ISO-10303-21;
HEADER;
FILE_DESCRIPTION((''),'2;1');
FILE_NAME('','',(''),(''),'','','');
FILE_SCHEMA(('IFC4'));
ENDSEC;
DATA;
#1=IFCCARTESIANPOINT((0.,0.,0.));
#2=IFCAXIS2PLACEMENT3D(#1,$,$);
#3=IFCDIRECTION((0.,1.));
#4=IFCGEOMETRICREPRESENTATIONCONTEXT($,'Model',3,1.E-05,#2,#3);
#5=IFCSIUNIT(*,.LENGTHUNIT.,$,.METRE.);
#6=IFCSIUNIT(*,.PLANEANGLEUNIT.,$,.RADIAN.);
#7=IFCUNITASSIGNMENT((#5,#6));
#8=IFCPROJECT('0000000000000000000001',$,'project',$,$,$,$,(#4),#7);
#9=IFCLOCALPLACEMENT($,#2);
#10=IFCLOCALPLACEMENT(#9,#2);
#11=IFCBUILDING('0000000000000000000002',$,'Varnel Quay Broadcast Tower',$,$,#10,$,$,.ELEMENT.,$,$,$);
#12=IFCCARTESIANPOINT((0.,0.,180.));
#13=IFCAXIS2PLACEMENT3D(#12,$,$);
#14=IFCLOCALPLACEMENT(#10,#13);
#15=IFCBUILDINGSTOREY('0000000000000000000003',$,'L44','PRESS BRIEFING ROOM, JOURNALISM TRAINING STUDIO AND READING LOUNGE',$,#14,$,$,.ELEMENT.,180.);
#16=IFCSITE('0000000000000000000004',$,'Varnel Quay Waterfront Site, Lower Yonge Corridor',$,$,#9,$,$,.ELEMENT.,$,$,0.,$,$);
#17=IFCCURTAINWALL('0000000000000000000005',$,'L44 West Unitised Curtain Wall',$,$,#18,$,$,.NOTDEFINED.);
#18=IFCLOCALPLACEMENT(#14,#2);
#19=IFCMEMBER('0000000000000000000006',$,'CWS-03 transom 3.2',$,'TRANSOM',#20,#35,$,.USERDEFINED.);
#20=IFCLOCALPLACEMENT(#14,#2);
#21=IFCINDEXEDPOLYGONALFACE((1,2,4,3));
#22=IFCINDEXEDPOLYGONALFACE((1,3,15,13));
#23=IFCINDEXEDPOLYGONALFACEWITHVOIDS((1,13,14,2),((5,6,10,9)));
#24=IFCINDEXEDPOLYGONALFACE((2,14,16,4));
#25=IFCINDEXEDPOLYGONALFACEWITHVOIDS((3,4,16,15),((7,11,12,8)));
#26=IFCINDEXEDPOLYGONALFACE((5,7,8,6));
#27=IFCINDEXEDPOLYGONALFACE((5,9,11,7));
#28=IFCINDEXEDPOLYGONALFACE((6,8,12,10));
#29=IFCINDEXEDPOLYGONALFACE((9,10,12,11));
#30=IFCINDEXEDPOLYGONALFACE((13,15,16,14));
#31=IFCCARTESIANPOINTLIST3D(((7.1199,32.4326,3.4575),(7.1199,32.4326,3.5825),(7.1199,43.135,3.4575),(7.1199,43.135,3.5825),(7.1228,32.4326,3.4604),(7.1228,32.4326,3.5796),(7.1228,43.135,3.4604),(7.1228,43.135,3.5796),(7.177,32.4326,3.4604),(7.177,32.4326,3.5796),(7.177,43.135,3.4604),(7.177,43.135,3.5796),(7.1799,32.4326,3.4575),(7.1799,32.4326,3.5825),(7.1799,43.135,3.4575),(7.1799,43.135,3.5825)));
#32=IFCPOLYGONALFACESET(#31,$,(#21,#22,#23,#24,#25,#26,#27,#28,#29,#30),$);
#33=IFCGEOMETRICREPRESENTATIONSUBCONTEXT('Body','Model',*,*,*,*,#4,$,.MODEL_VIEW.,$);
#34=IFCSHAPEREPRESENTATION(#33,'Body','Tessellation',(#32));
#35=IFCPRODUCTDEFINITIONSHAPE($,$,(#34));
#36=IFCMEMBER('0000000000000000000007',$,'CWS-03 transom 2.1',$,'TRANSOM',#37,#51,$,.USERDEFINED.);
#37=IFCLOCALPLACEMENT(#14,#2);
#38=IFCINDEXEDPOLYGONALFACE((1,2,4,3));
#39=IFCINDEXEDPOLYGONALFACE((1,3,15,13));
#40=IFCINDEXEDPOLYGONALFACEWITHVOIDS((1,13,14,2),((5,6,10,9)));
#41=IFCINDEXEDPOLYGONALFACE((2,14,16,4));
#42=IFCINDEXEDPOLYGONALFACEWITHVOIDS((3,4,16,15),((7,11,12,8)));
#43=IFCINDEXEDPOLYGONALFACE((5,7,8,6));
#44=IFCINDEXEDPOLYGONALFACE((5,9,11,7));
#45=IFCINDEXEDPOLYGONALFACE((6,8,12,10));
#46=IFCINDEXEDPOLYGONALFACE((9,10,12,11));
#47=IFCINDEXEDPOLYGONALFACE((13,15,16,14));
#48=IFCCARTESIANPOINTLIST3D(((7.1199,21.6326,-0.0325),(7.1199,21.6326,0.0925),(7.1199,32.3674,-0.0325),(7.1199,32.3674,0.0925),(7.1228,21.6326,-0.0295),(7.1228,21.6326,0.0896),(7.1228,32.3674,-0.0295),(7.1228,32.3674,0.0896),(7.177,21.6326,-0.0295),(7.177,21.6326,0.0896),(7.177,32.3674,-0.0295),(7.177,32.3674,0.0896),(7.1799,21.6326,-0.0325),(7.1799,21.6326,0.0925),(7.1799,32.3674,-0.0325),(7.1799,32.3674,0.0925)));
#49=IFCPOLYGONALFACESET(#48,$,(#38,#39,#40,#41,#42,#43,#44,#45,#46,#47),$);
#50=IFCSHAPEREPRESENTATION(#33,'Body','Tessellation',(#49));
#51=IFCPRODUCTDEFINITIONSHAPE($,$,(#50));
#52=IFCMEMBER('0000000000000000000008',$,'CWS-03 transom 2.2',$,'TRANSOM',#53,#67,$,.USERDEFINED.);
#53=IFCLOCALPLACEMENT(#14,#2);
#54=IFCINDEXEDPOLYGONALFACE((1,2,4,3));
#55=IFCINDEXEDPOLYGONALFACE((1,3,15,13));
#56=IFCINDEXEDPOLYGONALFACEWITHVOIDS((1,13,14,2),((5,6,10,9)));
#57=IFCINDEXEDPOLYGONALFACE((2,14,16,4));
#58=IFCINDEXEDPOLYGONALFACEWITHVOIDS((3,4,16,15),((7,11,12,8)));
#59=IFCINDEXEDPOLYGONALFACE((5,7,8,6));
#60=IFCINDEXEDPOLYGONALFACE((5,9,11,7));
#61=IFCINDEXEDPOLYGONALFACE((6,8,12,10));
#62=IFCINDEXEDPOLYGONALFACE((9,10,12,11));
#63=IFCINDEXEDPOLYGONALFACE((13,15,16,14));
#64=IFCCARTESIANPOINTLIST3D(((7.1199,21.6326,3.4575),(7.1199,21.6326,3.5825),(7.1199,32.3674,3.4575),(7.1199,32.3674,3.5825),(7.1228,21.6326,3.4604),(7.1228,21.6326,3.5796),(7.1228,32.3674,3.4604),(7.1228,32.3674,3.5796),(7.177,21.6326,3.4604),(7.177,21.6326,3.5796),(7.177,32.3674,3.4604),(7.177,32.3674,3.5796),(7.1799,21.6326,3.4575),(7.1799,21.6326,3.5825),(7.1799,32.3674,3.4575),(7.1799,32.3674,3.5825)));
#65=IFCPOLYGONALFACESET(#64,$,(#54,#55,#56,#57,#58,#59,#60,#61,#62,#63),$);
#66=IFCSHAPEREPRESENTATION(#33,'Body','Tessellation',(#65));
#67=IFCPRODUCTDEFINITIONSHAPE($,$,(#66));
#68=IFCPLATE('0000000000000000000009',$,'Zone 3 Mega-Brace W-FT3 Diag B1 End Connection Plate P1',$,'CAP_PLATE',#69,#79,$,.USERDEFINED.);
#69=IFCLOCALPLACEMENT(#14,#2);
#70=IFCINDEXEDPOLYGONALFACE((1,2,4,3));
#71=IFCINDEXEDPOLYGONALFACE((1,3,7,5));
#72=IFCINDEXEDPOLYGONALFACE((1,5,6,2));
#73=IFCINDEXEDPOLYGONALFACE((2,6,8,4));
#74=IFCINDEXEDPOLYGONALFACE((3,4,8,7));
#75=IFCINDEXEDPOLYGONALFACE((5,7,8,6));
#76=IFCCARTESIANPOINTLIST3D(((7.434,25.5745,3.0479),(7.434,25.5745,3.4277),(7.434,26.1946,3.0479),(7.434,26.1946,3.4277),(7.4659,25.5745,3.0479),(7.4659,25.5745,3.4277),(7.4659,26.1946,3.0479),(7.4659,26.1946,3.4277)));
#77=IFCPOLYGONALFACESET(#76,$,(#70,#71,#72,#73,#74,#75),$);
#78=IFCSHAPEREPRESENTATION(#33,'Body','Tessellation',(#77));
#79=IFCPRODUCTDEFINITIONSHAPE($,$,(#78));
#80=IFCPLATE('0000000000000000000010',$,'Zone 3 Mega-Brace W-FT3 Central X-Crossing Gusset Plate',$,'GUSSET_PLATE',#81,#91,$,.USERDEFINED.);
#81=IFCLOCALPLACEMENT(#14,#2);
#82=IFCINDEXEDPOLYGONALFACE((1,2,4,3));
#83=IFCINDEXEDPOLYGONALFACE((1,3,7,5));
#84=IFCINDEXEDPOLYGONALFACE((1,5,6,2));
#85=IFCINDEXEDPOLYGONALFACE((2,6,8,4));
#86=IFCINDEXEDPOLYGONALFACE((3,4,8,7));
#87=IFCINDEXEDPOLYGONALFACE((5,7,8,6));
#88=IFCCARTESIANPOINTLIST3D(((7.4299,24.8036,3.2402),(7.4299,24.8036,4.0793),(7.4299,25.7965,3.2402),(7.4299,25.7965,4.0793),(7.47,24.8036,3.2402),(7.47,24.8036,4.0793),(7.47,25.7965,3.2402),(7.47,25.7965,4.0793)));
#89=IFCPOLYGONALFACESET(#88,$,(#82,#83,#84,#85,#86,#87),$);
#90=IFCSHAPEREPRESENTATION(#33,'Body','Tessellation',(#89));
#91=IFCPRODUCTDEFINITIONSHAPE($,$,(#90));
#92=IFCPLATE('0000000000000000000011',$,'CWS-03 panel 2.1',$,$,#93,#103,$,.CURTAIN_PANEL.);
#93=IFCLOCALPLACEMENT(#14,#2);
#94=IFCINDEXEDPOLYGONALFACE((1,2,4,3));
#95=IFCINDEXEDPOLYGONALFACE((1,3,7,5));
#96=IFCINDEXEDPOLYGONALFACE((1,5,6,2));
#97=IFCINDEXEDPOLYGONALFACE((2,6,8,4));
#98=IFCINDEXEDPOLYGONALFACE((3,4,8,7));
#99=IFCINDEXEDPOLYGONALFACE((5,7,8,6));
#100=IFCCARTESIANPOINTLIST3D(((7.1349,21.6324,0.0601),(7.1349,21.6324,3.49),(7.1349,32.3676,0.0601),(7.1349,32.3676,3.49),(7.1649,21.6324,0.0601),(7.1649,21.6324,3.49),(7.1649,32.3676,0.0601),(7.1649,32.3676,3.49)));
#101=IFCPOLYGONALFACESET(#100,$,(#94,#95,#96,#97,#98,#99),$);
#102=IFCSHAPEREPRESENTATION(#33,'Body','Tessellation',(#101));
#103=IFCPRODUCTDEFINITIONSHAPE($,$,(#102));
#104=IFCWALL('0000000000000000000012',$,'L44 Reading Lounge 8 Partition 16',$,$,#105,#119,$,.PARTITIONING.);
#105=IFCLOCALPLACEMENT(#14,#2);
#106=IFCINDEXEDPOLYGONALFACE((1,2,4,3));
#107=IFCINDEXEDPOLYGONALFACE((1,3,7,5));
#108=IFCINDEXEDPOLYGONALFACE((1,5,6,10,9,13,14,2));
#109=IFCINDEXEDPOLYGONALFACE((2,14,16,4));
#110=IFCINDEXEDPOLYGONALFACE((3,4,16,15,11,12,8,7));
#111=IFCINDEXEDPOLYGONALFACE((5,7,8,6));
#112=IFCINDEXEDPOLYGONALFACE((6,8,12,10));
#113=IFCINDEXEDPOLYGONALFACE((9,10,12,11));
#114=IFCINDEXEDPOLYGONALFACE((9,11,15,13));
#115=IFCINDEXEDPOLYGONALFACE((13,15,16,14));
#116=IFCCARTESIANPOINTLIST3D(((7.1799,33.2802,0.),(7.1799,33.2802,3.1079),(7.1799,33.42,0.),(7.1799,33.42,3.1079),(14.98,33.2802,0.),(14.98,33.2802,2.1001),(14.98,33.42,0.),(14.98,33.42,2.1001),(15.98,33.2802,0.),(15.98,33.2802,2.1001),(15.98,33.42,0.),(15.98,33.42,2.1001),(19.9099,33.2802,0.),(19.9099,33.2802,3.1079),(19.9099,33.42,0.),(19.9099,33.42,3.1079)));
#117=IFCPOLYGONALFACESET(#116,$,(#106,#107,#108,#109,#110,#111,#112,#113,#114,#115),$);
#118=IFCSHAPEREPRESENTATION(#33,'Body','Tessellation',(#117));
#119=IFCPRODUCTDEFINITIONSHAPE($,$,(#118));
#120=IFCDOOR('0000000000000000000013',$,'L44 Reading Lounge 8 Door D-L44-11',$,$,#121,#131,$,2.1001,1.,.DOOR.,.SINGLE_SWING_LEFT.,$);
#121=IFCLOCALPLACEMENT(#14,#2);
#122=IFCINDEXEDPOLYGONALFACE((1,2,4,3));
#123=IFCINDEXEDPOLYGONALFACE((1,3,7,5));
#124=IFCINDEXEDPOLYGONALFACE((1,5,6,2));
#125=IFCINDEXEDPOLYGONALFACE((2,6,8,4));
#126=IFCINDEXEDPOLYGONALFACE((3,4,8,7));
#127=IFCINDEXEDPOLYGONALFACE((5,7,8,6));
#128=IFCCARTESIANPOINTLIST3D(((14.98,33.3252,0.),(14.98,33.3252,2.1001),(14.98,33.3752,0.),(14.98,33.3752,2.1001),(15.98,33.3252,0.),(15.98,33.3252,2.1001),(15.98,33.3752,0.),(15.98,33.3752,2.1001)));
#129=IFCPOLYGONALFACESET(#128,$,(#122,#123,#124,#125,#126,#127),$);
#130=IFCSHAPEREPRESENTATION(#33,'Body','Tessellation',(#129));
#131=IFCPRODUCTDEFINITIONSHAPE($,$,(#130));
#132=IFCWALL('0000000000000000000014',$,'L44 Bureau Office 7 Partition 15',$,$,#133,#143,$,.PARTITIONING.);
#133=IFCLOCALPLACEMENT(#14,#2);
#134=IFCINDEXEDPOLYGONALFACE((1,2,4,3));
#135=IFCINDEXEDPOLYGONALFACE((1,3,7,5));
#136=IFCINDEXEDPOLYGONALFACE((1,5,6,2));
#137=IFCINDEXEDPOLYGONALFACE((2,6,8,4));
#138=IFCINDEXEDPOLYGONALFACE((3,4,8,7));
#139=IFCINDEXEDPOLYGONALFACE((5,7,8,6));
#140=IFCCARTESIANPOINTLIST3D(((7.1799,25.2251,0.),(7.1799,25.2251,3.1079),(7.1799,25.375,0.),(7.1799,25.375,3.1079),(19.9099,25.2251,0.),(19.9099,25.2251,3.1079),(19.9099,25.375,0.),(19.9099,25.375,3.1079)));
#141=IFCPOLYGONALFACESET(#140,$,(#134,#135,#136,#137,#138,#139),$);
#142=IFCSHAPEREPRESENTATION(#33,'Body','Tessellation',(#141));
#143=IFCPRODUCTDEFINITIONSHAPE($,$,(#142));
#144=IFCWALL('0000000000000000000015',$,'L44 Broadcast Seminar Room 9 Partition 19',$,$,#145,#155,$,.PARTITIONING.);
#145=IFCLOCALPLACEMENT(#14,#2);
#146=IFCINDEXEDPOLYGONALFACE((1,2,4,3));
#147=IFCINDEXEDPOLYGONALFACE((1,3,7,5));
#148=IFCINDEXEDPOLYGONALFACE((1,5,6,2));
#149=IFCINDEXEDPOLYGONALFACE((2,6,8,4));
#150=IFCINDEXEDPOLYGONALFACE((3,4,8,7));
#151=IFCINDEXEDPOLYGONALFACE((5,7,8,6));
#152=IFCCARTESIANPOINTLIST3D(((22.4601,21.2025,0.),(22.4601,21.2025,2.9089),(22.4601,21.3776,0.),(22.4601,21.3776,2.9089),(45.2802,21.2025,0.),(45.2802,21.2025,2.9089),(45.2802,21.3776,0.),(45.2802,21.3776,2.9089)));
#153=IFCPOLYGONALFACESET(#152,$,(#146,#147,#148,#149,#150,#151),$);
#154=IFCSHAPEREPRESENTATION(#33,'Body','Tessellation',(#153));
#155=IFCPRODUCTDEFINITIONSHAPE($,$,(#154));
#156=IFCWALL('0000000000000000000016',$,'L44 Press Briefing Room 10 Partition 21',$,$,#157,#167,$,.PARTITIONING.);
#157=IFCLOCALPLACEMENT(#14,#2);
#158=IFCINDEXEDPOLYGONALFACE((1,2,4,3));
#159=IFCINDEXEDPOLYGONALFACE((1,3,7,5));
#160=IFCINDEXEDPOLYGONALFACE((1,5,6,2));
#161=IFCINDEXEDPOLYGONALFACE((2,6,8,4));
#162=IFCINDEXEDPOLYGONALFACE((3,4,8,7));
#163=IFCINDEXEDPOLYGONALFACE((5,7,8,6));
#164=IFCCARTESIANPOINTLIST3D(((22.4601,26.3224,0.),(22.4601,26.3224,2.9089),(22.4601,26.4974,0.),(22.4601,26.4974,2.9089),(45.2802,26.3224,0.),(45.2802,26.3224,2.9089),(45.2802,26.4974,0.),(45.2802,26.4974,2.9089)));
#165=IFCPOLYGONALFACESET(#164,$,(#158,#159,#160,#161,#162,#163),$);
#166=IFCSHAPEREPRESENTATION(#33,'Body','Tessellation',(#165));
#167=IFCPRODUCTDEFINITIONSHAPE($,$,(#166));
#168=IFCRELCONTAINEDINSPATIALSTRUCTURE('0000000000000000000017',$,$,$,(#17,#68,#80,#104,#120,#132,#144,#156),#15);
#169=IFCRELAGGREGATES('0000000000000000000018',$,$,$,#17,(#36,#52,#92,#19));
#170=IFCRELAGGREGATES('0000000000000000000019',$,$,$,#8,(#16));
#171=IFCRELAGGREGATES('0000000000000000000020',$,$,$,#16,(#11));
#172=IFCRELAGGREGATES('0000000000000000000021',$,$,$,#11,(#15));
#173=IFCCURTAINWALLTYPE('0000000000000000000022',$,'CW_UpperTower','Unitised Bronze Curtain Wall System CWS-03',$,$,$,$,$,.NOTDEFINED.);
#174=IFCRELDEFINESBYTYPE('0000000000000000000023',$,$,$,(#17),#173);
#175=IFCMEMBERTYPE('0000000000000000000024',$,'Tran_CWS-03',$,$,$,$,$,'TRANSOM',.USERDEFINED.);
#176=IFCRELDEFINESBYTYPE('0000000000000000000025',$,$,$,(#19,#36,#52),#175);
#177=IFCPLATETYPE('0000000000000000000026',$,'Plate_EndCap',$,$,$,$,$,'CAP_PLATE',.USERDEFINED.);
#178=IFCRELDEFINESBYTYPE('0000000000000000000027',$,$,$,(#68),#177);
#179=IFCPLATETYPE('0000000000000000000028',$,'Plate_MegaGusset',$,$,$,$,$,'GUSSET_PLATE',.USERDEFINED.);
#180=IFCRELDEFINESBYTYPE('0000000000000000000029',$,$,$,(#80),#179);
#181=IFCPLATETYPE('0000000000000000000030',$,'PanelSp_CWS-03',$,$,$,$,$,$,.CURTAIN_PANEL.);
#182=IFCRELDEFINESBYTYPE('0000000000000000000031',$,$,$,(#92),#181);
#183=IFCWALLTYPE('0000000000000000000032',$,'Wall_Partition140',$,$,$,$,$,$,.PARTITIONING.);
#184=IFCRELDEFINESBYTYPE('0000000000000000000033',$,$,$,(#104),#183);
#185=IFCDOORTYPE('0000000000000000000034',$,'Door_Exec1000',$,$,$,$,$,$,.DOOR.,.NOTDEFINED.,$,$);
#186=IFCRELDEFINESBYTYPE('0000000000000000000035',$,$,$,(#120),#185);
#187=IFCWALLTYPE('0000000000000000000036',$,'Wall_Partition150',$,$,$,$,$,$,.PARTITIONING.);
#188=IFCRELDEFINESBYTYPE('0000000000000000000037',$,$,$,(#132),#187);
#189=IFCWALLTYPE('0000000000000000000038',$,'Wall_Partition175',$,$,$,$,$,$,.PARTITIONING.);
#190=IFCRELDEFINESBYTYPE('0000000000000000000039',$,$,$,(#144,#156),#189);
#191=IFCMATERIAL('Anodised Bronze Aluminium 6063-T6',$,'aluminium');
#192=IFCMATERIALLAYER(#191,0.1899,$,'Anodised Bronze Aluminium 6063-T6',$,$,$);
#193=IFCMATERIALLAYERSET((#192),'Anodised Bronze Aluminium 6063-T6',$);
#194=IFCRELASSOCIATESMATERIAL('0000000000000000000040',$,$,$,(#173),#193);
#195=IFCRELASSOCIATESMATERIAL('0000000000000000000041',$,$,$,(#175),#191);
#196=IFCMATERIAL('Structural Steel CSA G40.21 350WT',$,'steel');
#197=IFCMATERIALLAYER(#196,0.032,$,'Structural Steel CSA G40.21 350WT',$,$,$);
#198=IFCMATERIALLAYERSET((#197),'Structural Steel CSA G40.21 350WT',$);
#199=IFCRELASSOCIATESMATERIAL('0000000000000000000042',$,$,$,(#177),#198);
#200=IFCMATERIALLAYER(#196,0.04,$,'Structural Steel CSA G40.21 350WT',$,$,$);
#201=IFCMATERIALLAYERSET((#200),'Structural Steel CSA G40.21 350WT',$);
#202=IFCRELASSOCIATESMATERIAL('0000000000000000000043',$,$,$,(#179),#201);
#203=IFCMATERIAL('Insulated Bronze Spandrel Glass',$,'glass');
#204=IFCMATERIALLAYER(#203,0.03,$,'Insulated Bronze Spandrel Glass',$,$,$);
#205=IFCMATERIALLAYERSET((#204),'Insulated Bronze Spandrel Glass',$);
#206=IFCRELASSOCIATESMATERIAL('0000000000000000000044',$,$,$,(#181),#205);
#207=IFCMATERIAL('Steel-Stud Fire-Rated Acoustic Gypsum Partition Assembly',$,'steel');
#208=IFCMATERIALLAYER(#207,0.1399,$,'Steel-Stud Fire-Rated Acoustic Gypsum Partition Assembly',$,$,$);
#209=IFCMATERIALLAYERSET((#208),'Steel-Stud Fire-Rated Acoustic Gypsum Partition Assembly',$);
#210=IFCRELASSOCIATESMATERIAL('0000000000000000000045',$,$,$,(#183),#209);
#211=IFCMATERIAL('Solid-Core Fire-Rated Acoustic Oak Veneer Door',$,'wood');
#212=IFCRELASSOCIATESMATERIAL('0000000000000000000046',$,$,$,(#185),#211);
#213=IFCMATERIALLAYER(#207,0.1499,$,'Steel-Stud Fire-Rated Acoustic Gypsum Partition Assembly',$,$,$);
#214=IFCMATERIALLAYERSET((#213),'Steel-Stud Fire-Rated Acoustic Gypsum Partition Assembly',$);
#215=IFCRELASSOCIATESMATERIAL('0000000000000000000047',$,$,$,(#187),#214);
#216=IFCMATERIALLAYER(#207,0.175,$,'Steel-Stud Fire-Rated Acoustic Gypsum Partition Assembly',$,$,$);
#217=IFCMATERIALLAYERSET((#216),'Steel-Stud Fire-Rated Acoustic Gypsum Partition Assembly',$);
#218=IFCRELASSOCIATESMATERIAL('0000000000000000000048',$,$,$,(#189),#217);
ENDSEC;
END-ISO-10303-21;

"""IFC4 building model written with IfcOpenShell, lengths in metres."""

from ifc_helpers import new_model, si_unit, direction, frame, frame_2d, origin, origin_2d, place, context, subcontext, project, spatial, rectangle, hollow_rectangle, extrude, source, transform, mapped, material, layer, layer_set, material_profile, profile_set, type_object, type_shapes, element, fill, aggregate, save


model = new_model("IFC4")

# Units and contexts
model_context = context("Model", 3, precision=1e-05, world=origin(), true_north=direction((0.0, 1.0)))
body_context = subcontext(model_context, "Body", "Model", "MODEL_VIEW")
ifc_project = project(units=[si_unit("LENGTHUNIT", "METRE"), si_unit("PLANEANGLEUNIT", "RADIAN")], contexts=[model_context])

# Site, building, storey
site_placement = place(None, origin())
site = spatial("IfcSite", under=ifc_project, at=site_placement, Name="Varnel Quay Waterfront Site, Lower Yonge Corridor", CompositionType="ELEMENT", RefElevation=0.0)
building_placement = place(site_placement, origin())
building = spatial("IfcBuilding", under=site, at=building_placement, Name="Varnel Quay Broadcast Tower", CompositionType="ELEMENT")
storey_placement = place(building_placement, frame((0.0, 0.0, 180.0)))
storey = spatial("IfcBuildingStorey", under=building, at=storey_placement, Name="L44", Description="PRESS BRIEFING ROOM, JOURNALISM TRAINING STUDIO AND READING LOUNGE", CompositionType="ELEMENT", Elevation=180.0)

# Shared definitions
ifc_material_1 = material(Name="Structural Steel CSA G40.21 350WT", Category="steel")

# Curtain wall, members
ifc_material_2 = material(Name="Anodised Bronze Aluminium 6063-T6", Category="aluminium")
ifc_layer_1 = layer(ifc_material_2, 0.1899, Name="Anodised Bronze Aluminium 6063-T6")
ifc_layer_set_1 = layer_set([ifc_layer_1], Name="Anodised Bronze Aluminium 6063-T6")
curtain_wall_type = type_object("IfcCurtainWallType", Name="CW_UpperTower", Description="Unitised Bronze Curtain Wall System CWS-03", PredefinedType="NOTDEFINED", material=ifc_layer_set_1)
curtain_wall_placement = place(storey_placement, origin())
curtain_wall = element("IfcCurtainWall", 1, at=curtain_wall_placement, inside=storey, type_object=curtain_wall_type, Name="L44 West Unitised Curtain Wall", PredefinedType="NOTDEFINED")
ifc_material_profile_1 = material_profile(ifc_material_2, hollow_rectangle(XDim=0.0601, YDim=0.125, WallThickness=0.0029, at=origin_2d()), Name="ALU60X125X3")
ifc_profile_set_1 = profile_set([ifc_material_profile_1], Name="Anodised Bronze Aluminium 6063-T6")
member_type_1 = type_object("IfcMemberType", Name="Tran_CWS-03", ElementType="TRANSOM", PredefinedType="USERDEFINED", material=ifc_profile_set_1)
shared_shape_1 = source(origin(), body_context, "Body", "SweptSolid", [
    extrude(hollow_rectangle(XDim=0.0601, YDim=0.125, WallThickness=0.0029, at=origin_2d()), origin(), (0.0, 0.0, 1.0), 10.7024),
])
member_1_placement = place(storey_placement, frame((7.1499, 32.4326, 3.52), z_axis=(0.0, 1.0, 0.0), x_axis=(-1.0, 0.0, 0.0)))
member_1 = element("IfcMember", 2, at=member_1_placement, type_object=member_type_1, Name="CWS-03 transom 3.2", ObjectType="TRANSOM", PredefinedType="USERDEFINED", context=body_context, shape_type="MappedRepresentation", body=[
    mapped(shared_shape_1, transform((0.0, 0.0, 0.0), x_axis=(1.0, 0.0, 0.0), y_axis=(0.0, 1.0, 0.0), z_axis=(0.0, 0.0, 1.0), scale=1.0)),
])
shared_shape_2 = source(origin(), body_context, "Body", "SweptSolid", [
    extrude(hollow_rectangle(XDim=0.0601, YDim=0.125, WallThickness=0.0029, at=origin_2d()), origin(), (0.0, 0.0, 1.0), 10.7349),
])
type_shapes(member_type_1, [shared_shape_1, shared_shape_2])
member_2_placement = place(storey_placement, frame((7.1499, 21.6326, 0.03), z_axis=(0.0, 1.0, 0.0), x_axis=(-1.0, 0.0, 0.0)))
member_2 = element("IfcMember", 3, at=member_2_placement, type_object=member_type_1, Name="CWS-03 transom 2.1", ObjectType="TRANSOM", PredefinedType="USERDEFINED", context=body_context, shape_type="MappedRepresentation", body=[
    mapped(shared_shape_2, transform((0.0, 0.0, 0.0), x_axis=(1.0, 0.0, 0.0), y_axis=(0.0, 1.0, 0.0), z_axis=(0.0, 0.0, 1.0), scale=1.0)),
])
member_3_placement = place(storey_placement, frame((7.1499, 21.6326, 3.52), z_axis=(0.0, 1.0, 0.0), x_axis=(-1.0, 0.0, 0.0)))
member_3 = element("IfcMember", 4, at=member_3_placement, type_object=member_type_1, Name="CWS-03 transom 2.2", ObjectType="TRANSOM", PredefinedType="USERDEFINED", context=body_context, shape_type="MappedRepresentation", body=[
    mapped(shared_shape_2, transform((0.0, 0.0, 0.0), x_axis=(1.0, 0.0, 0.0), y_axis=(0.0, 1.0, 0.0), z_axis=(0.0, 0.0, 1.0), scale=1.0)),
])

# Plates
ifc_layer_2 = layer(ifc_material_1, 0.032, Name="Structural Steel CSA G40.21 350WT")
ifc_layer_set_2 = layer_set([ifc_layer_2], Name="Structural Steel CSA G40.21 350WT")
plate_type_1 = type_object("IfcPlateType", Name="Plate_EndCap", ElementType="CAP_PLATE", PredefinedType="USERDEFINED", material=ifc_layer_set_2)
shared_shape_3 = source(origin(), body_context, "Body", "SweptSolid", [
    extrude(rectangle(XDim=0.6201, YDim=0.032, at=origin_2d()), origin(), (0.0, 0.0, 1.0), 0.3799),
])
type_shapes(plate_type_1, [shared_shape_3])
plate_1_placement = place(storey_placement, frame((7.45, 25.8845, 3.0479), z_axis=(0.0, 0.0, 1.0), x_axis=(0.0, 1.0, 0.0)))
element("IfcPlate", 5, at=plate_1_placement, inside=storey, type_object=plate_type_1, Name="Zone 3 Mega-Brace W-FT3 Diag B1 End Connection Plate P1", ObjectType="CAP_PLATE", PredefinedType="USERDEFINED", context=body_context, shape_type="MappedRepresentation", body=[
    mapped(shared_shape_3, transform((0.0, 0.0, 0.0), x_axis=(1.0, 0.0, 0.0), y_axis=(0.0, 1.0, 0.0), z_axis=(0.0, 0.0, 1.0), scale=1.0)),
])
ifc_layer_3 = layer(ifc_material_1, 0.04, Name="Structural Steel CSA G40.21 350WT")
ifc_layer_set_3 = layer_set([ifc_layer_3], Name="Structural Steel CSA G40.21 350WT")
plate_type_2 = type_object("IfcPlateType", Name="Plate_MegaGusset", ElementType="GUSSET_PLATE", PredefinedType="USERDEFINED", material=ifc_layer_set_3)
shared_shape_4 = source(origin(), body_context, "Body", "SweptSolid", [
    extrude(rectangle(XDim=0.9929, YDim=0.04, at=origin_2d()), origin(), (0.0, 0.0, 1.0), 0.8391),
])
type_shapes(plate_type_2, [shared_shape_4])
plate_2_placement = place(storey_placement, frame((7.45, 25.3, 3.2402), z_axis=(0.0, 0.0, 1.0), x_axis=(0.0, 1.0, 0.0)))
element("IfcPlate", 6, at=plate_2_placement, inside=storey, type_object=plate_type_2, Name="Zone 3 Mega-Brace W-FT3 Central X-Crossing Gusset Plate", ObjectType="GUSSET_PLATE", PredefinedType="USERDEFINED", context=body_context, shape_type="MappedRepresentation", body=[
    mapped(shared_shape_4, transform((0.0, 0.0, 0.0), x_axis=(1.0, 0.0, 0.0), y_axis=(0.0, 1.0, 0.0), z_axis=(0.0, 0.0, 1.0), scale=1.0)),
])

# Plate
ifc_material_3 = material(Name="Insulated Bronze Spandrel Glass", Category="glass")
ifc_layer_4 = layer(ifc_material_3, 0.03, Name="Insulated Bronze Spandrel Glass")
ifc_layer_set_4 = layer_set([ifc_layer_4], Name="Insulated Bronze Spandrel Glass")
plate_type_3 = type_object("IfcPlateType", Name="PanelSp_CWS-03", PredefinedType="CURTAIN_PANEL", material=ifc_layer_set_4)
shared_shape_5 = source(origin(), body_context, "Body", "SweptSolid", [
    extrude(rectangle(XDim=10.7351, YDim=0.03, at=origin_2d()), origin(), (0.0, 0.0, 1.0), 3.4299),
])
type_shapes(plate_type_3, [shared_shape_5])
plate_3_placement = place(storey_placement, frame((7.1499, 27.0, 0.0601), z_axis=(0.0, 0.0, 1.0), x_axis=(0.0, 1.0, 0.0)))
plate_3 = element("IfcPlate", 7, at=plate_3_placement, type_object=plate_type_3, Name="CWS-03 panel 2.1", PredefinedType="CURTAIN_PANEL", context=body_context, shape_type="MappedRepresentation", body=[
    mapped(shared_shape_5, transform((0.0, 0.0, 0.0), x_axis=(1.0, 0.0, 0.0), y_axis=(0.0, 1.0, 0.0), z_axis=(0.0, 0.0, 1.0), scale=1.0)),
])
aggregate(curtain_wall, [member_2, member_3, plate_3, member_1])

# Wall, opening, door
ifc_material_4 = material(Name="Steel-Stud Fire-Rated Acoustic Gypsum Partition Assembly", Category="steel")
ifc_layer_5 = layer(ifc_material_4, 0.1399, Name="Steel-Stud Fire-Rated Acoustic Gypsum Partition Assembly")
ifc_layer_set_5 = layer_set([ifc_layer_5], Name="Steel-Stud Fire-Rated Acoustic Gypsum Partition Assembly")
wall_type_1 = type_object("IfcWallType", Name="Wall_Partition140", PredefinedType="PARTITIONING", material=ifc_layer_set_5)
wall_1_placement = place(storey_placement, frame((7.1799, 33.3501, 0.0), z_axis=(0.0, 0.0, 1.0), x_axis=(1.0, 0.0, 0.0)))
wall_1 = element("IfcWall", 8, at=wall_1_placement, inside=storey, type_object=wall_type_1, Name="L44 Reading Lounge 8 Partition 16", PredefinedType="PARTITIONING", context=body_context, shape_type="SweptSolid", body=[
    extrude(rectangle(XDim=12.73, YDim=0.1399, at=frame_2d((6.365, 0.0))), origin(), (0.0, 0.0, 1.0), 3.1079),
])
opening_1_placement = place(wall_1_placement, frame((7.8, 0.0, 0.0)))
opening_1 = element("IfcOpeningElement", 9, at=opening_1_placement, cuts=wall_1, PredefinedType="OPENING", context=body_context, shape_type="SweptSolid", body=[
    extrude(rectangle(XDim=1.0, YDim=2.1001, at=frame_2d((0.5, 1.05))), frame((0.0, 0.0801, 0.0), z_axis=(0.0, -1.0, 0.0), x_axis=(1.0, 0.0, 0.0)), (0.0, 0.0, 1.0), 0.1599),
])
ifc_material_5 = material(Name="Solid-Core Fire-Rated Acoustic Oak Veneer Door", Category="wood")
door_type_1 = type_object("IfcDoorType", Name="Door_Exec1000", OperationType="NOTDEFINED", PredefinedType="DOOR", material=ifc_material_5)
shared_shape_6 = source(origin(), body_context, "Body", "SweptSolid", [
    extrude(rectangle(XDim=1.0, YDim=2.1001, at=frame_2d((0.5, 1.05))), frame((0.0, 0.0249, 0.0), z_axis=(0.0, -1.0, 0.0), x_axis=(1.0, 0.0, 0.0)), (0.0, 0.0, 1.0), 0.05),
])
type_shapes(door_type_1, [shared_shape_6])
door_1_placement = place(opening_1_placement, frame((1.0, 0.0, 0.0), z_axis=(0.0, 0.0, 1.0), x_axis=(-1.0, 0.0, 0.0)))
door_1 = element("IfcDoor", 10, at=door_1_placement, inside=storey, type_object=door_type_1, Name="L44 Reading Lounge 8 Door D-L44-11", OperationType="SINGLE_SWING_LEFT", OverallHeight=2.1001, OverallWidth=1.0, PredefinedType="DOOR", context=body_context, shape_type="MappedRepresentation", body=[
    mapped(shared_shape_6, transform((0.0, 0.0, 0.0), x_axis=(1.0, 0.0, 0.0), y_axis=(0.0, 1.0, 0.0), z_axis=(0.0, 0.0, 1.0), scale=1.0)),
])
fill(opening_1, door_1)

# Walls
ifc_layer_6 = layer(ifc_material_4, 0.1499, Name="Steel-Stud Fire-Rated Acoustic Gypsum Partition Assembly")
ifc_layer_set_6 = layer_set([ifc_layer_6], Name="Steel-Stud Fire-Rated Acoustic Gypsum Partition Assembly")
wall_type_2 = type_object("IfcWallType", Name="Wall_Partition150", PredefinedType="PARTITIONING", material=ifc_layer_set_6)
wall_2_placement = place(storey_placement, frame((7.1799, 25.3, 0.0), z_axis=(0.0, 0.0, 1.0), x_axis=(1.0, 0.0, 0.0)))
element("IfcWall", 11, at=wall_2_placement, inside=storey, type_object=wall_type_2, Name="L44 Bureau Office 7 Partition 15", PredefinedType="PARTITIONING", context=body_context, shape_type="SweptSolid", body=[
    extrude(rectangle(XDim=12.73, YDim=0.1499, at=frame_2d((6.365, 0.0))), origin(), (0.0, 0.0, 1.0), 3.1079),
])
ifc_layer_7 = layer(ifc_material_4, 0.175, Name="Steel-Stud Fire-Rated Acoustic Gypsum Partition Assembly")
ifc_layer_set_7 = layer_set([ifc_layer_7], Name="Steel-Stud Fire-Rated Acoustic Gypsum Partition Assembly")
wall_type_3 = type_object("IfcWallType", Name="Wall_Partition175", PredefinedType="PARTITIONING", material=ifc_layer_set_7)
for number, where, z_axis, x_axis, name in (
    (12, (22.46, 21.29, 0.0), (0.0, 0.0, 1.0), (1.0, 0.0, 0.0), "L44 Broadcast Seminar Room 9 Partition 19"),
    (13, (22.46, 26.4099, 0.0), (0.0, 0.0, 1.0), (1.0, 0.0, 0.0), "L44 Press Briefing Room 10 Partition 21"),
):
    element("IfcWall", number, at=place(storey_placement, frame(where, z_axis=z_axis, x_axis=x_axis)), inside=storey, type_object=wall_type_3, Name=name, PredefinedType="PARTITIONING", context=body_context, shape_type="SweptSolid", body=[
        extrude(rectangle(XDim=22.8201, YDim=0.175, at=frame_2d((11.4102, 0.0))), origin(), (0.0, 0.0, 1.0), 2.9089),
    ])

save(model, "model.ifc")
